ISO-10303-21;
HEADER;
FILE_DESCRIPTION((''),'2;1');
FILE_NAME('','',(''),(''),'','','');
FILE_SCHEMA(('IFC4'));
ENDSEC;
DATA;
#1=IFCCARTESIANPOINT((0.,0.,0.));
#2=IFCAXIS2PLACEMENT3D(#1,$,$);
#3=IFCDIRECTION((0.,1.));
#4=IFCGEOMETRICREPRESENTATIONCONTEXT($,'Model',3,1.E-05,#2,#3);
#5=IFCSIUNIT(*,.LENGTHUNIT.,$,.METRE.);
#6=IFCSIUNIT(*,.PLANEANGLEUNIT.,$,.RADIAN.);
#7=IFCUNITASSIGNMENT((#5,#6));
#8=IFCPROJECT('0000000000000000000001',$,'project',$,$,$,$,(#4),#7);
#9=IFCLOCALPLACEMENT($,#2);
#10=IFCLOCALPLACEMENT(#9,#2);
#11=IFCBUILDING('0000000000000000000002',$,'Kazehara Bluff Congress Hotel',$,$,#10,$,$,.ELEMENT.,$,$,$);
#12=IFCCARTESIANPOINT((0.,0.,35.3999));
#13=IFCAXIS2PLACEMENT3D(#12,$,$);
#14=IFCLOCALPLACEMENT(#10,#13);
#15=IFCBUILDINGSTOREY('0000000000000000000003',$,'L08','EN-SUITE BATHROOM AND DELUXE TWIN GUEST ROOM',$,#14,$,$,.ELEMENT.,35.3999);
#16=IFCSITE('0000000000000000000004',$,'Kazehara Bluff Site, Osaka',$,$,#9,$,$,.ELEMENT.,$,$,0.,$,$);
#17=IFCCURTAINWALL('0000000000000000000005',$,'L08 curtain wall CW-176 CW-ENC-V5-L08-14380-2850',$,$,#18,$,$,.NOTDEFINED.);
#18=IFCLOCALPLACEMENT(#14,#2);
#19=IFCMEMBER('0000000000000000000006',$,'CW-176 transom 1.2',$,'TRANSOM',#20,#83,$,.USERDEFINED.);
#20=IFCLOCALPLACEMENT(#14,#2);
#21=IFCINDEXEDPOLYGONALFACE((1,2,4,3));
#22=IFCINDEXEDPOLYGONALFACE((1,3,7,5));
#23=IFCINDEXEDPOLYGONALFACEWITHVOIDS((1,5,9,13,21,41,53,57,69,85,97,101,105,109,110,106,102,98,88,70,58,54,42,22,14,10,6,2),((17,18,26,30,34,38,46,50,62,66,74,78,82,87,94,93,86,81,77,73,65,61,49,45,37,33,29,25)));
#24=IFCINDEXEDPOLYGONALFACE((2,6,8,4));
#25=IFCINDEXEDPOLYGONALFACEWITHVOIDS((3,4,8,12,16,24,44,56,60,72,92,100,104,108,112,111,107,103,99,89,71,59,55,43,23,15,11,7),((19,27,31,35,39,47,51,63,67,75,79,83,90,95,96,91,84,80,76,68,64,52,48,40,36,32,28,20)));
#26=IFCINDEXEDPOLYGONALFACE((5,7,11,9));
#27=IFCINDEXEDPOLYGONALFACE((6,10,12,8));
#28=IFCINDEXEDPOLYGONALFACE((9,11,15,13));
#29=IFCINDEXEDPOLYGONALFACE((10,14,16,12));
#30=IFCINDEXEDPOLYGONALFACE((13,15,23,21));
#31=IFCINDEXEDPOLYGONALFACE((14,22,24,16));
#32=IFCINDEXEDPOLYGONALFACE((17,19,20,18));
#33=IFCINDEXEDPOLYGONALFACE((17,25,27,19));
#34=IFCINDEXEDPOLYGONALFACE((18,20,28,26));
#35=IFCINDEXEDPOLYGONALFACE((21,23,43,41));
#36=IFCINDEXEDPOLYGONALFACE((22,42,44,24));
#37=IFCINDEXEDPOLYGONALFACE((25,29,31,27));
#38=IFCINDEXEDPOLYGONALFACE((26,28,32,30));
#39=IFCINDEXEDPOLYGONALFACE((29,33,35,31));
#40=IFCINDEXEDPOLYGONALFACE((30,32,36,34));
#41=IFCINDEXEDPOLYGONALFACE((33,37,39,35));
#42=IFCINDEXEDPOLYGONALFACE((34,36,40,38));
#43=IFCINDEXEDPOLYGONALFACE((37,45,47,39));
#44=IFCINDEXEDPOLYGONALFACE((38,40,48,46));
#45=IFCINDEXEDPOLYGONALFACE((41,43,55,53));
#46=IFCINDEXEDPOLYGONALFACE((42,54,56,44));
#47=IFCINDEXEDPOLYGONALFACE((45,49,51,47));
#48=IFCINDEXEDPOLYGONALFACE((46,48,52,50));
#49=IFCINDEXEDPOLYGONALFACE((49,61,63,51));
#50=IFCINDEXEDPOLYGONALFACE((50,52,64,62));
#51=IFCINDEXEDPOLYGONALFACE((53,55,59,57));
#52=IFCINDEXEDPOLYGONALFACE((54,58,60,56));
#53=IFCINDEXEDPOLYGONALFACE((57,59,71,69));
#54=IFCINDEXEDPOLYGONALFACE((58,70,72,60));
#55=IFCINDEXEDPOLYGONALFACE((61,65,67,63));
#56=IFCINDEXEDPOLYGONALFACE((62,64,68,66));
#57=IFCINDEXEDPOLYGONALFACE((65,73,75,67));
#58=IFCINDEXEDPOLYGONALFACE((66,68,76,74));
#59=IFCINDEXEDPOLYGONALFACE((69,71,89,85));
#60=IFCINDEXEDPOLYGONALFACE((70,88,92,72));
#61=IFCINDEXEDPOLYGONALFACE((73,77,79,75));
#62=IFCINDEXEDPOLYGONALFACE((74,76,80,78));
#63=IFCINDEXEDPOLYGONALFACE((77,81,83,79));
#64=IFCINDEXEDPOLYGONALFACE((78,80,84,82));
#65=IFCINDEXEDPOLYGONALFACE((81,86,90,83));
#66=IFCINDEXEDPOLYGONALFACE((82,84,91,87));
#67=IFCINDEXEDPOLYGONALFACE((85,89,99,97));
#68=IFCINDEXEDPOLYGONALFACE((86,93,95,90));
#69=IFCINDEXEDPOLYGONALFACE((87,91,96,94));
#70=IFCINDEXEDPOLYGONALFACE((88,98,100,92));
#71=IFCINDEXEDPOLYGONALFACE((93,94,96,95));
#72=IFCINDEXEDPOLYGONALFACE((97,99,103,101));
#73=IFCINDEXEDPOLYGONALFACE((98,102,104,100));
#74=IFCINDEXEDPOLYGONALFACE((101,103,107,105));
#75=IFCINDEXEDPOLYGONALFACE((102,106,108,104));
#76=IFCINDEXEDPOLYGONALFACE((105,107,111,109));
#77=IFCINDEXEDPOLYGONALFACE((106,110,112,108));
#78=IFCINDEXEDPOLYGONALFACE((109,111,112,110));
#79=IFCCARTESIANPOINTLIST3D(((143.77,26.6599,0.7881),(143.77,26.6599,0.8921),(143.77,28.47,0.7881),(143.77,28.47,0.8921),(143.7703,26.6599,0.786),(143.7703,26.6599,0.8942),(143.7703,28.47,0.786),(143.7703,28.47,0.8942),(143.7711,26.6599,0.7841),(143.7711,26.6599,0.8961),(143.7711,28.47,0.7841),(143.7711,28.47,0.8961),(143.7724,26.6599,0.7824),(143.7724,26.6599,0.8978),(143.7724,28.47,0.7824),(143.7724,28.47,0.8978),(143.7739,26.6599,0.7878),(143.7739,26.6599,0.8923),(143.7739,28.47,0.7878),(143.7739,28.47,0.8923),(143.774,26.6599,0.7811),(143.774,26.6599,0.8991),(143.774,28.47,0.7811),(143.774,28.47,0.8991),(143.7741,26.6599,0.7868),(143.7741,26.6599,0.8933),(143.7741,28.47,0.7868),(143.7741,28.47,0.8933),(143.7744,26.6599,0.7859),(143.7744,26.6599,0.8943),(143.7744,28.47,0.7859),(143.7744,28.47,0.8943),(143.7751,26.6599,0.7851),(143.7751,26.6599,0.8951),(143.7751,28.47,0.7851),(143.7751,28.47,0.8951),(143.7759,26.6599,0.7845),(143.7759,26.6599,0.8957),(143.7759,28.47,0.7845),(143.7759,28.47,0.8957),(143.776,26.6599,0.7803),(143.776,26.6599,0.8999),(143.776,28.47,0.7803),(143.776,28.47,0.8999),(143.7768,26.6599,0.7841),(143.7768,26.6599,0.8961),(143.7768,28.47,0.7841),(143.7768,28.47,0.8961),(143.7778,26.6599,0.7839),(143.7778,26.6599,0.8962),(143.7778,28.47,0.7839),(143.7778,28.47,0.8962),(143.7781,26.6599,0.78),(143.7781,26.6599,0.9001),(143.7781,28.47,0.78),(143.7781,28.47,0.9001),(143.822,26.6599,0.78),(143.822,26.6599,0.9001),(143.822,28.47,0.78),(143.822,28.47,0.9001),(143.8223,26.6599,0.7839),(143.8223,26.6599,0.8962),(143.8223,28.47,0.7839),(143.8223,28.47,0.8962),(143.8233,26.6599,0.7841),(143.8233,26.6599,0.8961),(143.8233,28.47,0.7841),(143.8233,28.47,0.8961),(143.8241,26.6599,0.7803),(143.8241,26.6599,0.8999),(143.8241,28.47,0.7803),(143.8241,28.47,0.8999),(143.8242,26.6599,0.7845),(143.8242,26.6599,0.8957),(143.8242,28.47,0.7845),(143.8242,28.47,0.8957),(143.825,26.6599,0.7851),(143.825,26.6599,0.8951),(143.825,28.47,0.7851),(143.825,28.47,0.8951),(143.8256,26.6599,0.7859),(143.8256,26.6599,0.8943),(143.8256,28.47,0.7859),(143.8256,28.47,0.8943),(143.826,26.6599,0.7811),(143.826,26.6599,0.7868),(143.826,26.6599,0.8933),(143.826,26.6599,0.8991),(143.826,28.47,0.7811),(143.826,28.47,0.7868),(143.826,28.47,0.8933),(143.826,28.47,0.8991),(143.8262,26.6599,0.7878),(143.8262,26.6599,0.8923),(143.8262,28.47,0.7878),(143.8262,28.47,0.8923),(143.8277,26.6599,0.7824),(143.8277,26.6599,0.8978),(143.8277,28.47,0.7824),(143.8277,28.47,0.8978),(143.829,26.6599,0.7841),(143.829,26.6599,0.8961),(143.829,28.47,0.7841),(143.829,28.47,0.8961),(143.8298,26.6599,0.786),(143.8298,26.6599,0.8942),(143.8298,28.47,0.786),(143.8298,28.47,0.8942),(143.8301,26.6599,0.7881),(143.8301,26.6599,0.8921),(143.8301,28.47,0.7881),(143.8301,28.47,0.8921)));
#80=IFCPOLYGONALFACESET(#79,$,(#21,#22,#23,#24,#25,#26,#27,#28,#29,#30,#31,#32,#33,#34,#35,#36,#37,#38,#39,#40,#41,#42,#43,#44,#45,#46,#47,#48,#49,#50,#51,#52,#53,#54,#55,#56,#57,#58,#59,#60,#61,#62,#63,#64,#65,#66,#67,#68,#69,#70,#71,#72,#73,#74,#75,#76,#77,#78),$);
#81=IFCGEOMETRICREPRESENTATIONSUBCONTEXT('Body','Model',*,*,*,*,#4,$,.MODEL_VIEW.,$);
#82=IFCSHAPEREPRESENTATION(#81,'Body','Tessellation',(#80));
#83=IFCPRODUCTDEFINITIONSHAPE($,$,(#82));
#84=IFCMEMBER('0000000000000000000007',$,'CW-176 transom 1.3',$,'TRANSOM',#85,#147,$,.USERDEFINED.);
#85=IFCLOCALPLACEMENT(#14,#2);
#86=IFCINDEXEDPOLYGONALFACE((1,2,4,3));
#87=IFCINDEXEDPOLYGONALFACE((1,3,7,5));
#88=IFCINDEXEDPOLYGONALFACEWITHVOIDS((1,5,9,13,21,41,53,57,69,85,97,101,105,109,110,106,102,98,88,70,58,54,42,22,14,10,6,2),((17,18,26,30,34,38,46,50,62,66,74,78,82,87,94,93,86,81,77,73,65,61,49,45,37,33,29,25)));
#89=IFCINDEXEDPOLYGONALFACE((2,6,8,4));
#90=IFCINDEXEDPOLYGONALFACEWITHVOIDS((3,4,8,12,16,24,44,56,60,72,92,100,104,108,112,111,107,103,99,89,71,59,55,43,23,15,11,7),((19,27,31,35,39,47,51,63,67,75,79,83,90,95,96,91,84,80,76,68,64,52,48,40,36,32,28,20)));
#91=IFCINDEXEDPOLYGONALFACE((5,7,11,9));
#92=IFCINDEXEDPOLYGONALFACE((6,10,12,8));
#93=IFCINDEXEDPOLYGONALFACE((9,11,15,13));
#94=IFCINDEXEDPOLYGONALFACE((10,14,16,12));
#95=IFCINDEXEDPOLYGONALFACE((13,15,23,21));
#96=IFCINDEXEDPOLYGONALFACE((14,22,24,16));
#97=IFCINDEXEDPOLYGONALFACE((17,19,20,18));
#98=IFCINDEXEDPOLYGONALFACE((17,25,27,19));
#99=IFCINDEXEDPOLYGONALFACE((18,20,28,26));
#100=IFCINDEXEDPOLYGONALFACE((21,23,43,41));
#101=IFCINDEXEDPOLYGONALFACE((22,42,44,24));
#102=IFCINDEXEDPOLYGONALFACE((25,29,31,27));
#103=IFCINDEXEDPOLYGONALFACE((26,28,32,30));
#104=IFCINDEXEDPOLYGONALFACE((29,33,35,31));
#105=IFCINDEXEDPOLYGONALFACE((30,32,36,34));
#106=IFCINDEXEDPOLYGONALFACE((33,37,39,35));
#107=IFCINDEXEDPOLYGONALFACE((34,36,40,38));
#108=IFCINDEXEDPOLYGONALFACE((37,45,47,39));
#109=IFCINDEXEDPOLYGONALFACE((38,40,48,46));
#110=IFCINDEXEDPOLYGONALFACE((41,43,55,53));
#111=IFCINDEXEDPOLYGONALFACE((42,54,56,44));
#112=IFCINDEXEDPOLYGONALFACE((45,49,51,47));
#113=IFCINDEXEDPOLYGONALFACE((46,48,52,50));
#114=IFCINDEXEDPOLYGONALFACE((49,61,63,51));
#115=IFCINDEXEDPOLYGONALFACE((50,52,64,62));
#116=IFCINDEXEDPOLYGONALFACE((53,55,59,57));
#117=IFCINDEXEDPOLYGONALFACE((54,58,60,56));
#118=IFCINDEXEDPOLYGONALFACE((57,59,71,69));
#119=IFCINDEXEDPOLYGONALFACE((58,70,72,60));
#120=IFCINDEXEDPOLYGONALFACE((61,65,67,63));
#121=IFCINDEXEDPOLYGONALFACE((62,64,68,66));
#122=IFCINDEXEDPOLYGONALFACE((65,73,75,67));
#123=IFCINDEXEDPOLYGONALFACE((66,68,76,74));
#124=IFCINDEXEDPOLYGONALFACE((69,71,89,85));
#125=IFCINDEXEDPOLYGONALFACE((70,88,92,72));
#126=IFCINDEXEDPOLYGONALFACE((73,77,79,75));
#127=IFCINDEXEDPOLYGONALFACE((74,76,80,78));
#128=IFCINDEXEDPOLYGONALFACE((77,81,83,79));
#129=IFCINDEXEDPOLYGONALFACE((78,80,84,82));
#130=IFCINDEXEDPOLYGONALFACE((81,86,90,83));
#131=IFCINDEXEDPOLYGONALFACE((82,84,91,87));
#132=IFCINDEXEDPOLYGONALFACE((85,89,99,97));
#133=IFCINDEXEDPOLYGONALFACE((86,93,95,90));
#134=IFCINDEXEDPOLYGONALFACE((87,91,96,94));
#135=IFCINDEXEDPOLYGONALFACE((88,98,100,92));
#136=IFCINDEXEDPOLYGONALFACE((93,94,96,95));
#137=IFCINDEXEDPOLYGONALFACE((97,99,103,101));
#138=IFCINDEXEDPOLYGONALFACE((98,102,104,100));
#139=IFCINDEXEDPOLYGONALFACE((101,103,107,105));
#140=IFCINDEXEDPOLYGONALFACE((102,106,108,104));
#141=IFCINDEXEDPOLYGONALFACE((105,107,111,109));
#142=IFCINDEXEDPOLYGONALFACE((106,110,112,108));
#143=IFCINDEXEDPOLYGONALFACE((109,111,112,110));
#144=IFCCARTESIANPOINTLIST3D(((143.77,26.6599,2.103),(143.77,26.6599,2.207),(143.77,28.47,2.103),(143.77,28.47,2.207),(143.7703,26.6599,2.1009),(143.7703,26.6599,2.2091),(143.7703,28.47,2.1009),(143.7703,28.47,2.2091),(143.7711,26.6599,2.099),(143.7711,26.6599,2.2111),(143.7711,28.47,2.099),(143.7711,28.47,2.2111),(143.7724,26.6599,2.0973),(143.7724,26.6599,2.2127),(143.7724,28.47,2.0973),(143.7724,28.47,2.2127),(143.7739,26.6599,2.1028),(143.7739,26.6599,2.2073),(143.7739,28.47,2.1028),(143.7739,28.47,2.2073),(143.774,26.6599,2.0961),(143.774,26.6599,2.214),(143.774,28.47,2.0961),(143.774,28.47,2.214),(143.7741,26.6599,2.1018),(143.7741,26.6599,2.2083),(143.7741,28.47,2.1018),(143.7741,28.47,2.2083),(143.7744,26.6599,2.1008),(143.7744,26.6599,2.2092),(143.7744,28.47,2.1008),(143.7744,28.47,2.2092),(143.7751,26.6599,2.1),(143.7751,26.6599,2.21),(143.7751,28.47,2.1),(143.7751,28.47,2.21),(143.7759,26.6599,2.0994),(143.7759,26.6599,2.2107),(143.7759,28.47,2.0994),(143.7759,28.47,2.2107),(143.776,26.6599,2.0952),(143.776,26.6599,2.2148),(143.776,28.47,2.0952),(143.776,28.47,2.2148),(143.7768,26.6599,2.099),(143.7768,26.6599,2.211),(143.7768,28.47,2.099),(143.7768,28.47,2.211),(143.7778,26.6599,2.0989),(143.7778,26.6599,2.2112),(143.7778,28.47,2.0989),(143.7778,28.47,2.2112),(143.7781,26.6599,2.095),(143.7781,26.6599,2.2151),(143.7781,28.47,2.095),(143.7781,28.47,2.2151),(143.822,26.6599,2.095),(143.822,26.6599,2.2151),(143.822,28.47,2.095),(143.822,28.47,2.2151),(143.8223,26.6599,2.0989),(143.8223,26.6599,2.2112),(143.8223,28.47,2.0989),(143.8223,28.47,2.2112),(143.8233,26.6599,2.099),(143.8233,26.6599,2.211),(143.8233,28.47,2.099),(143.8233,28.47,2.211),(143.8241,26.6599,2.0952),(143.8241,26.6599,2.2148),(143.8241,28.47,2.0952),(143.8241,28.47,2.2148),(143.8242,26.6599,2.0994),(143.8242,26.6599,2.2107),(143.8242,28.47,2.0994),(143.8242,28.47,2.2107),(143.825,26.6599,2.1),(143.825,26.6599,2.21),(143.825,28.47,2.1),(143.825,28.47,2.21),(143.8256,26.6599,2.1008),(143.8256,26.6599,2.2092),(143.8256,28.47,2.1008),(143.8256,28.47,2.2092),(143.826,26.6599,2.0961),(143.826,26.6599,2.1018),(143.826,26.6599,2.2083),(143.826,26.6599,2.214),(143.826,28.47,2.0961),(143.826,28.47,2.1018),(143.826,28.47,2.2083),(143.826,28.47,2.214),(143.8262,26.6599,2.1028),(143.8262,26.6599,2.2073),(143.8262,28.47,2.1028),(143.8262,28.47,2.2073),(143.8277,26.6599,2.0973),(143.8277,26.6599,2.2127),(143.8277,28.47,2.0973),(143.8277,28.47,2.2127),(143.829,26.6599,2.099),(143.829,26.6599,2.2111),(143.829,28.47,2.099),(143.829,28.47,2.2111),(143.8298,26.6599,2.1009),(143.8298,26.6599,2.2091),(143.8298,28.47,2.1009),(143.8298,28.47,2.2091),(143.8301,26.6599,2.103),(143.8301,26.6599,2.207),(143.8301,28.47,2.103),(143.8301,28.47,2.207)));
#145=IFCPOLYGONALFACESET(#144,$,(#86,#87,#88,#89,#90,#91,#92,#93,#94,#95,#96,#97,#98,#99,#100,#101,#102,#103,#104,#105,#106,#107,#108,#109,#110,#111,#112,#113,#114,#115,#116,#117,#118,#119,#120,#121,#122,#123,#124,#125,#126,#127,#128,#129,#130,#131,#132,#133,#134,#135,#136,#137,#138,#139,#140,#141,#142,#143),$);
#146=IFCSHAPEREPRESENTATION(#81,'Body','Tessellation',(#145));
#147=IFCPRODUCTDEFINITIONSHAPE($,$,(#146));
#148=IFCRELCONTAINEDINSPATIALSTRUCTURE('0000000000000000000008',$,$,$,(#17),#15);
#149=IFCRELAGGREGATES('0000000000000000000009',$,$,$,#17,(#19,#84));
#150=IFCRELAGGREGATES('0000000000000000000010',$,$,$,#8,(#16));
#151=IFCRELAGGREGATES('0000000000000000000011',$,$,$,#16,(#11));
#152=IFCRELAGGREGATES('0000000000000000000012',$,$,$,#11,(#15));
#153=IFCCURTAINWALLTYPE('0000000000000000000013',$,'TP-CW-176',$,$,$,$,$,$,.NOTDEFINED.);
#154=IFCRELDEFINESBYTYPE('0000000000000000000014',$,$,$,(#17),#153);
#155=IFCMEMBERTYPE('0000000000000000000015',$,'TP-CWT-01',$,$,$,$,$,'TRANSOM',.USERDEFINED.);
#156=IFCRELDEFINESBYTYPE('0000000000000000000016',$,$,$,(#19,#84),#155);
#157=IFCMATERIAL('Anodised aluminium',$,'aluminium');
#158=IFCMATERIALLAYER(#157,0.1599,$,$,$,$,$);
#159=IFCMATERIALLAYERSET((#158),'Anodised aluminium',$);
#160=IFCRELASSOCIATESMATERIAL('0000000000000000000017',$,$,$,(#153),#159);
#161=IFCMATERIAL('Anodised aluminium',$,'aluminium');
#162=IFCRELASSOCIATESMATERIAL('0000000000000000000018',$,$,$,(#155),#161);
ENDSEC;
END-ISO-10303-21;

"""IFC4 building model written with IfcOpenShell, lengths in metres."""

from ifc_helpers import new_model, si_unit, direction, frame, origin, origin_2d, place, context, subcontext, project, spatial, hollow_rectangle, extrude, material, layer, layer_set, material_profile, profile_set, type_object, element, aggregate, save


model = new_model("IFC4")

# Units and contexts
model_context = context("Model", 3, precision=1e-05, world=origin(), true_north=direction((0.0, 1.0)))
body_context = subcontext(model_context, "Body", "Model", "MODEL_VIEW")
ifc_project = project(units=[si_unit("LENGTHUNIT", "METRE"), si_unit("PLANEANGLEUNIT", "RADIAN")], contexts=[model_context])

# Site, building, storey
site_placement = place(None, origin())
site = spatial("IfcSite", under=ifc_project, at=site_placement, Name="Kazehara Bluff Site, Osaka", CompositionType="ELEMENT", RefElevation=0.0)
building_placement = place(site_placement, origin())
building = spatial("IfcBuilding", under=site, at=building_placement, Name="Kazehara Bluff Congress Hotel", CompositionType="ELEMENT")
storey_placement = place(building_placement, frame((0.0, 0.0, 35.3999)))
storey = spatial("IfcBuildingStorey", under=building, at=storey_placement, Name="L08", Description="EN-SUITE BATHROOM AND DELUXE TWIN GUEST ROOM", CompositionType="ELEMENT", Elevation=35.3999)

# Curtain wall, members
ifc_material_1 = material(Name="Anodised aluminium", Category="aluminium")
ifc_layer_1 = layer(ifc_material_1, 0.1599)
ifc_layer_set_1 = layer_set([ifc_layer_1], Name="Anodised aluminium")
curtain_wall_type = type_object("IfcCurtainWallType", Name="TP-CW-176", PredefinedType="NOTDEFINED", material=ifc_layer_set_1)
curtain_wall_placement = place(storey_placement, origin())
curtain_wall = element("IfcCurtainWall", 1, at=curtain_wall_placement, inside=storey, type_object=curtain_wall_type, Name="L08 curtain wall CW-176 CW-ENC-V5-L08-14380-2850", PredefinedType="NOTDEFINED")
ifc_material_2 = material(Name="Anodised aluminium", Category="aluminium")
ifc_material_profile_1 = material_profile(ifc_material_2, hollow_rectangle(XDim=0.0601, YDim=0.1201, WallThickness=0.0039, InnerFilletRadius=0.0039, OuterFilletRadius=0.0081, at=origin_2d()))
ifc_profile_set_1 = profile_set([ifc_material_profile_1], Name="Anodised aluminium")
member_type_1 = type_object("IfcMemberType", Name="TP-CWT-01", ElementType="TRANSOM", PredefinedType="USERDEFINED", material=ifc_profile_set_1)
member_1_placement = place(storey_placement, frame((143.8, 26.6599, 0.8401), z_axis=(0.0, 1.0, 0.0), x_axis=(-1.0, 0.0, 0.0)))
member_1 = element("IfcMember", 2, at=member_1_placement, type_object=member_type_1, Name="CW-176 transom 1.2", ObjectType="TRANSOM", PredefinedType="USERDEFINED", context=body_context, shape_type="SweptSolid", body=[
    extrude(hollow_rectangle(XDim=0.0601, YDim=0.1201, WallThickness=0.0039, InnerFilletRadius=0.0039, OuterFilletRadius=0.0081, at=origin_2d()), origin(), (0.0, 0.0, 1.0), 1.8101),
])
member_2_placement = place(storey_placement, frame((143.8, 26.6599, 2.155), z_axis=(0.0, 1.0, 0.0), x_axis=(-1.0, 0.0, 0.0)))
member_2 = element("IfcMember", 3, at=member_2_placement, type_object=member_type_1, Name="CW-176 transom 1.3", ObjectType="TRANSOM", PredefinedType="USERDEFINED", context=body_context, shape_type="SweptSolid", body=[
    extrude(hollow_rectangle(XDim=0.0601, YDim=0.1201, WallThickness=0.0039, InnerFilletRadius=0.0039, OuterFilletRadius=0.0081, at=origin_2d()), origin(), (0.0, 0.0, 1.0), 1.8101),
])
aggregate(curtain_wall, [member_1, member_2])

save(model, "model.ifc")
